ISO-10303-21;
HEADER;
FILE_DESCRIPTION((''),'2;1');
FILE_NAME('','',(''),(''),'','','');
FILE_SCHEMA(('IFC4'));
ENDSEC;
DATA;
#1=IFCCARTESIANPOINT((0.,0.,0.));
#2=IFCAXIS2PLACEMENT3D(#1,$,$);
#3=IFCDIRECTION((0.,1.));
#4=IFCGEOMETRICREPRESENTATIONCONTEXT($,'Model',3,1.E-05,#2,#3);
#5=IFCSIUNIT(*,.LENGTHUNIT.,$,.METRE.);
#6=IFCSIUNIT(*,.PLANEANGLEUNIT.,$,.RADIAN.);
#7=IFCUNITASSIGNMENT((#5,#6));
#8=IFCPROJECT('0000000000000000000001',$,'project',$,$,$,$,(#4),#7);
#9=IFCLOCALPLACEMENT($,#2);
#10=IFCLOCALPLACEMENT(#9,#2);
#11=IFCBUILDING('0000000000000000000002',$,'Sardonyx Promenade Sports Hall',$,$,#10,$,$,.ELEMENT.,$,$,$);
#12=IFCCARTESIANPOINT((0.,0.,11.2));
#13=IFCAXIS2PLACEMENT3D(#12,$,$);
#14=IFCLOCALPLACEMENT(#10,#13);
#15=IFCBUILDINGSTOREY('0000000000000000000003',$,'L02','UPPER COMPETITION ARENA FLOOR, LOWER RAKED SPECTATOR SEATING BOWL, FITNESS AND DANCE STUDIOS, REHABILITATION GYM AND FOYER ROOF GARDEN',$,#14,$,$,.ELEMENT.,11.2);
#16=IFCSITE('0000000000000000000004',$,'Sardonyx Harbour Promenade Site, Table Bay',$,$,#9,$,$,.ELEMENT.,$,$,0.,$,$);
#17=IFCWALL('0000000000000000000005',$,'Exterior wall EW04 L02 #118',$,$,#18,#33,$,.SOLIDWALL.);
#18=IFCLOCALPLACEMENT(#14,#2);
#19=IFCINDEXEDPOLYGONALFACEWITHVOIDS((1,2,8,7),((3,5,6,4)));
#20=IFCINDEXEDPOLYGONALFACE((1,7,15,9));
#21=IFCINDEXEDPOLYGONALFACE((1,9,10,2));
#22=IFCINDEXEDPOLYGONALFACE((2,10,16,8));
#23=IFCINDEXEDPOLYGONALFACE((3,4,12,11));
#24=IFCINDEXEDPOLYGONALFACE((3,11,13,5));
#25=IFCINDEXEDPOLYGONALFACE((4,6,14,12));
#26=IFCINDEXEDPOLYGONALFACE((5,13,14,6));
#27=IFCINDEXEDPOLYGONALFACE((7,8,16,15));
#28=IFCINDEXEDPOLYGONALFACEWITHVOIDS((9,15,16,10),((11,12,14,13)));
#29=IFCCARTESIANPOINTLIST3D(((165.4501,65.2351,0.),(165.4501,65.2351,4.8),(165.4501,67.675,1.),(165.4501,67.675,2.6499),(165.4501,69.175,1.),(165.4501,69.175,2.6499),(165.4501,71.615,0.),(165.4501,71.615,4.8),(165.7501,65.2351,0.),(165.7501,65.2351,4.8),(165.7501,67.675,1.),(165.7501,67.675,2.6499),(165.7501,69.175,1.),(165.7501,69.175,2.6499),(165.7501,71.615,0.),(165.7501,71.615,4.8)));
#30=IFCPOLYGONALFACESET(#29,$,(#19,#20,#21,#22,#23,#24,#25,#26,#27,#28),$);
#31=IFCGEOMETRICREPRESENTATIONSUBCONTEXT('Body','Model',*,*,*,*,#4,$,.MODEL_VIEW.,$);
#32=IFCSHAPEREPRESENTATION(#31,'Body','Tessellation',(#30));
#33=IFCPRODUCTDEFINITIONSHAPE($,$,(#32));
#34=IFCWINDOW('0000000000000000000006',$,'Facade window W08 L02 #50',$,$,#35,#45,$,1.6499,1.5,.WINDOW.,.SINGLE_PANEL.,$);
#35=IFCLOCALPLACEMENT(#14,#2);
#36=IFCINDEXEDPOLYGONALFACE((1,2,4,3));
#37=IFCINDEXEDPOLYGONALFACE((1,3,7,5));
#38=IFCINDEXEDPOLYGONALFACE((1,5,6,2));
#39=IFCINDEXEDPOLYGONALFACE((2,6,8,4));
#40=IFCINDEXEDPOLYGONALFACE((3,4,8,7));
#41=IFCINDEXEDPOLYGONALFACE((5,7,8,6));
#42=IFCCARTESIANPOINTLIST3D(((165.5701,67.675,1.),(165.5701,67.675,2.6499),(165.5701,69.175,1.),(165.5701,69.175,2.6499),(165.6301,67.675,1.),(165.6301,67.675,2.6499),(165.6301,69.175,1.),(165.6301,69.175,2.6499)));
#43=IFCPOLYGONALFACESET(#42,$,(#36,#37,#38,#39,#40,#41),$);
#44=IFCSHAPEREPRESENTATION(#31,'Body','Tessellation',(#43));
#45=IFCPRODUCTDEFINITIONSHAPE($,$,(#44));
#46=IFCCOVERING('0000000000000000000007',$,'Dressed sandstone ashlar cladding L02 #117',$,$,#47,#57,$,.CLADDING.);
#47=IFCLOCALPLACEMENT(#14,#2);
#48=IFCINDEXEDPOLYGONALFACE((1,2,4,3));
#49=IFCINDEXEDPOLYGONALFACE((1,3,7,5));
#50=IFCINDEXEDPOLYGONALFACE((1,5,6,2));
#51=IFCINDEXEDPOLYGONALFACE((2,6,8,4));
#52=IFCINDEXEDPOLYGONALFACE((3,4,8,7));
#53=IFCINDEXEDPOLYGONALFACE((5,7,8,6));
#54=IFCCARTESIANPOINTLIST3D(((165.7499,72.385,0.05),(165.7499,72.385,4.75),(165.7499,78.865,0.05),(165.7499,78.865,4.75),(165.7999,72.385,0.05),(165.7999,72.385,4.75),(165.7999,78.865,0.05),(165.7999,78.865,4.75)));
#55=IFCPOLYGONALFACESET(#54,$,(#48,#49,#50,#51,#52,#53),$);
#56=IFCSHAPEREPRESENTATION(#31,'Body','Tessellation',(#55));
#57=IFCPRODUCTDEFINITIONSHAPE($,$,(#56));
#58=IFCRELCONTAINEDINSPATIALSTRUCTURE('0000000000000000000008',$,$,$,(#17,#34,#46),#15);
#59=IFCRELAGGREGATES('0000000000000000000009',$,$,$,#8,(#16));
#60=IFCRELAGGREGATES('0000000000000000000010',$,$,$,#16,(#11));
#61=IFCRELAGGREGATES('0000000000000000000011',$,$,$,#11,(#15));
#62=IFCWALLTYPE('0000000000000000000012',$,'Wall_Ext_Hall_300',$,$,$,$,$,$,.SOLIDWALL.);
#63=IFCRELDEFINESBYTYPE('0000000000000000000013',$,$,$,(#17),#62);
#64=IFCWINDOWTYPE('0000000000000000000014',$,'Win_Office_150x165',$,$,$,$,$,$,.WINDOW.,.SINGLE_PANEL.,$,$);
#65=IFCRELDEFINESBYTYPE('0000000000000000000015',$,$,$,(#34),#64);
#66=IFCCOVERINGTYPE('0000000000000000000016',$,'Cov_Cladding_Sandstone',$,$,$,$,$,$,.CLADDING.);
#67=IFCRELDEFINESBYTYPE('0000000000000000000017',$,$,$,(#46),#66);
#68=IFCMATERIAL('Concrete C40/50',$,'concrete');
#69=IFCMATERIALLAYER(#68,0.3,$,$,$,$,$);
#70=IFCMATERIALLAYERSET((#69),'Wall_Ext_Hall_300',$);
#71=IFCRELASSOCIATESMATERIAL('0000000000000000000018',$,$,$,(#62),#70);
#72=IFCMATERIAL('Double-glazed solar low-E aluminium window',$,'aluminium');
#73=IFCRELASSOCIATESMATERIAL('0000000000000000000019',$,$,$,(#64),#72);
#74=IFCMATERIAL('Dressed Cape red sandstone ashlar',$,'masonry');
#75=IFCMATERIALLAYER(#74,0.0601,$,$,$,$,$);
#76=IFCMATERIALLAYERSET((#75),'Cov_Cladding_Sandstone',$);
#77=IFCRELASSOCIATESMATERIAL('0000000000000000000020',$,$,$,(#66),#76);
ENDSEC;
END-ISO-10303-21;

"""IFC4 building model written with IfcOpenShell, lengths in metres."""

from ifc_helpers import new_model, si_unit, direction, frame, frame_2d, origin, place, context, subcontext, project, spatial, rectangle, extrude, material, layer, layer_set, type_object, element, fill, save


model = new_model("IFC4")

# Units and contexts
model_context = context("Model", 3, precision=1e-05, world=origin(), true_north=direction((0.0, 1.0)))
body_context = subcontext(model_context, "Body", "Model", "MODEL_VIEW")
ifc_project = project(units=[si_unit("LENGTHUNIT", "METRE"), si_unit("PLANEANGLEUNIT", "RADIAN")], contexts=[model_context])

# Site, building, storey
site_placement = place(None, origin())
site = spatial("IfcSite", under=ifc_project, at=site_placement, Name="Sardonyx Harbour Promenade Site, Table Bay", CompositionType="ELEMENT", RefElevation=0.0)
building_placement = place(site_placement, origin())
building = spatial("IfcBuilding", under=site, at=building_placement, Name="Sardonyx Promenade Sports Hall", CompositionType="ELEMENT")
storey_placement = place(building_placement, frame((0.0, 0.0, 11.2)))
storey = spatial("IfcBuildingStorey", under=building, at=storey_placement, Name="L02", Description="UPPER COMPETITION ARENA FLOOR, LOWER RAKED SPECTATOR SEATING BOWL, FITNESS AND DANCE STUDIOS, REHABILITATION GYM AND FOYER ROOF GARDEN", CompositionType="ELEMENT", Elevation=11.2)

# Shared definitions
ifc_material_1 = material(Name="Concrete C40/50", Category="concrete")
ifc_layer_1 = layer(ifc_material_1, 0.3)
ifc_layer_set_1 = layer_set([ifc_layer_1], Name="Wall_Ext_Hall_300")
wall_type = type_object("IfcWallType", Name="Wall_Ext_Hall_300", PredefinedType="SOLIDWALL", material=ifc_layer_set_1)

# Wall, opening, window
wall_1_placement = place(storey_placement, frame((165.6001, 71.615, 0.0), z_axis=(0.0, 0.0, 1.0), x_axis=(0.0, -1.0, 0.0)))
wall_1 = element("IfcWall", 1, at=wall_1_placement, inside=storey, type_object=wall_type, Name="Exterior wall EW04 L02 #118", PredefinedType="SOLIDWALL", context=body_context, shape_type="SweptSolid", body=[
    extrude(rectangle(XDim=6.3799, YDim=0.3, at=frame_2d((3.1899, 0.0))), origin(), (0.0, 0.0, 1.0), 4.8),
])
opening_placement = place(wall_1_placement, frame((2.4399, 0.0, 1.0)))
opening = element("IfcOpeningElement", 2, at=opening_placement, cuts=wall_1, PredefinedType="OPENING", context=body_context, shape_type="SweptSolid", body=[
    extrude(rectangle(XDim=1.5, YDim=1.6499, at=frame_2d((0.75, 0.825))), frame((0.0, 0.16, 0.0), z_axis=(0.0, -1.0, 0.0), x_axis=(1.0, 0.0, 0.0)), (0.0, 0.0, 1.0), 0.32),
])
ifc_material_2 = material(Name="Double-glazed solar low-E aluminium window", Category="aluminium")
window_type = type_object("IfcWindowType", Name="Win_Office_150x165", PartitioningType="SINGLE_PANEL", PredefinedType="WINDOW", material=ifc_material_2)
window_placement = place(opening_placement, origin())
window = element("IfcWindow", 3, at=window_placement, inside=storey, type_object=window_type, Name="Facade window W08 L02 #50", OverallHeight=1.6499, OverallWidth=1.5, PartitioningType="SINGLE_PANEL", PredefinedType="WINDOW", context=body_context, shape_type="SweptSolid", body=[
    extrude(rectangle(XDim=1.5, YDim=1.6499, at=frame_2d((0.75, 0.825))), frame((0.0, 0.03, 0.0), z_axis=(0.0, -1.0, 0.0), x_axis=(1.0, 0.0, 0.0)), (0.0, 0.0, 1.0), 0.0601),
])
fill(opening, window)

# Covering
ifc_material_3 = material(Name="Dressed Cape red sandstone ashlar", Category="masonry")
ifc_layer_2 = layer(ifc_material_3, 0.0601)
ifc_layer_set_2 = layer_set([ifc_layer_2], Name="Cov_Cladding_Sandstone")
covering_type = type_object("IfcCoveringType", Name="Cov_Cladding_Sandstone", PredefinedType="CLADDING", material=ifc_layer_set_2)
covering_placement = place(storey_placement, frame((165.7749, 78.865, 0.05), z_axis=(0.0, 0.0, 1.0), x_axis=(0.0, -1.0, 0.0)))
element("IfcCovering", 4, at=covering_placement, inside=storey, type_object=covering_type, Name="Dressed sandstone ashlar cladding L02 #117", PredefinedType="CLADDING", context=body_context, shape_type="SweptSolid", body=[
    extrude(rectangle(XDim=6.48, YDim=0.05, at=frame_2d((3.24, 0.0))), origin(), (0.0, 0.0, 1.0), 4.7),
])

save(model, "model.ifc")
